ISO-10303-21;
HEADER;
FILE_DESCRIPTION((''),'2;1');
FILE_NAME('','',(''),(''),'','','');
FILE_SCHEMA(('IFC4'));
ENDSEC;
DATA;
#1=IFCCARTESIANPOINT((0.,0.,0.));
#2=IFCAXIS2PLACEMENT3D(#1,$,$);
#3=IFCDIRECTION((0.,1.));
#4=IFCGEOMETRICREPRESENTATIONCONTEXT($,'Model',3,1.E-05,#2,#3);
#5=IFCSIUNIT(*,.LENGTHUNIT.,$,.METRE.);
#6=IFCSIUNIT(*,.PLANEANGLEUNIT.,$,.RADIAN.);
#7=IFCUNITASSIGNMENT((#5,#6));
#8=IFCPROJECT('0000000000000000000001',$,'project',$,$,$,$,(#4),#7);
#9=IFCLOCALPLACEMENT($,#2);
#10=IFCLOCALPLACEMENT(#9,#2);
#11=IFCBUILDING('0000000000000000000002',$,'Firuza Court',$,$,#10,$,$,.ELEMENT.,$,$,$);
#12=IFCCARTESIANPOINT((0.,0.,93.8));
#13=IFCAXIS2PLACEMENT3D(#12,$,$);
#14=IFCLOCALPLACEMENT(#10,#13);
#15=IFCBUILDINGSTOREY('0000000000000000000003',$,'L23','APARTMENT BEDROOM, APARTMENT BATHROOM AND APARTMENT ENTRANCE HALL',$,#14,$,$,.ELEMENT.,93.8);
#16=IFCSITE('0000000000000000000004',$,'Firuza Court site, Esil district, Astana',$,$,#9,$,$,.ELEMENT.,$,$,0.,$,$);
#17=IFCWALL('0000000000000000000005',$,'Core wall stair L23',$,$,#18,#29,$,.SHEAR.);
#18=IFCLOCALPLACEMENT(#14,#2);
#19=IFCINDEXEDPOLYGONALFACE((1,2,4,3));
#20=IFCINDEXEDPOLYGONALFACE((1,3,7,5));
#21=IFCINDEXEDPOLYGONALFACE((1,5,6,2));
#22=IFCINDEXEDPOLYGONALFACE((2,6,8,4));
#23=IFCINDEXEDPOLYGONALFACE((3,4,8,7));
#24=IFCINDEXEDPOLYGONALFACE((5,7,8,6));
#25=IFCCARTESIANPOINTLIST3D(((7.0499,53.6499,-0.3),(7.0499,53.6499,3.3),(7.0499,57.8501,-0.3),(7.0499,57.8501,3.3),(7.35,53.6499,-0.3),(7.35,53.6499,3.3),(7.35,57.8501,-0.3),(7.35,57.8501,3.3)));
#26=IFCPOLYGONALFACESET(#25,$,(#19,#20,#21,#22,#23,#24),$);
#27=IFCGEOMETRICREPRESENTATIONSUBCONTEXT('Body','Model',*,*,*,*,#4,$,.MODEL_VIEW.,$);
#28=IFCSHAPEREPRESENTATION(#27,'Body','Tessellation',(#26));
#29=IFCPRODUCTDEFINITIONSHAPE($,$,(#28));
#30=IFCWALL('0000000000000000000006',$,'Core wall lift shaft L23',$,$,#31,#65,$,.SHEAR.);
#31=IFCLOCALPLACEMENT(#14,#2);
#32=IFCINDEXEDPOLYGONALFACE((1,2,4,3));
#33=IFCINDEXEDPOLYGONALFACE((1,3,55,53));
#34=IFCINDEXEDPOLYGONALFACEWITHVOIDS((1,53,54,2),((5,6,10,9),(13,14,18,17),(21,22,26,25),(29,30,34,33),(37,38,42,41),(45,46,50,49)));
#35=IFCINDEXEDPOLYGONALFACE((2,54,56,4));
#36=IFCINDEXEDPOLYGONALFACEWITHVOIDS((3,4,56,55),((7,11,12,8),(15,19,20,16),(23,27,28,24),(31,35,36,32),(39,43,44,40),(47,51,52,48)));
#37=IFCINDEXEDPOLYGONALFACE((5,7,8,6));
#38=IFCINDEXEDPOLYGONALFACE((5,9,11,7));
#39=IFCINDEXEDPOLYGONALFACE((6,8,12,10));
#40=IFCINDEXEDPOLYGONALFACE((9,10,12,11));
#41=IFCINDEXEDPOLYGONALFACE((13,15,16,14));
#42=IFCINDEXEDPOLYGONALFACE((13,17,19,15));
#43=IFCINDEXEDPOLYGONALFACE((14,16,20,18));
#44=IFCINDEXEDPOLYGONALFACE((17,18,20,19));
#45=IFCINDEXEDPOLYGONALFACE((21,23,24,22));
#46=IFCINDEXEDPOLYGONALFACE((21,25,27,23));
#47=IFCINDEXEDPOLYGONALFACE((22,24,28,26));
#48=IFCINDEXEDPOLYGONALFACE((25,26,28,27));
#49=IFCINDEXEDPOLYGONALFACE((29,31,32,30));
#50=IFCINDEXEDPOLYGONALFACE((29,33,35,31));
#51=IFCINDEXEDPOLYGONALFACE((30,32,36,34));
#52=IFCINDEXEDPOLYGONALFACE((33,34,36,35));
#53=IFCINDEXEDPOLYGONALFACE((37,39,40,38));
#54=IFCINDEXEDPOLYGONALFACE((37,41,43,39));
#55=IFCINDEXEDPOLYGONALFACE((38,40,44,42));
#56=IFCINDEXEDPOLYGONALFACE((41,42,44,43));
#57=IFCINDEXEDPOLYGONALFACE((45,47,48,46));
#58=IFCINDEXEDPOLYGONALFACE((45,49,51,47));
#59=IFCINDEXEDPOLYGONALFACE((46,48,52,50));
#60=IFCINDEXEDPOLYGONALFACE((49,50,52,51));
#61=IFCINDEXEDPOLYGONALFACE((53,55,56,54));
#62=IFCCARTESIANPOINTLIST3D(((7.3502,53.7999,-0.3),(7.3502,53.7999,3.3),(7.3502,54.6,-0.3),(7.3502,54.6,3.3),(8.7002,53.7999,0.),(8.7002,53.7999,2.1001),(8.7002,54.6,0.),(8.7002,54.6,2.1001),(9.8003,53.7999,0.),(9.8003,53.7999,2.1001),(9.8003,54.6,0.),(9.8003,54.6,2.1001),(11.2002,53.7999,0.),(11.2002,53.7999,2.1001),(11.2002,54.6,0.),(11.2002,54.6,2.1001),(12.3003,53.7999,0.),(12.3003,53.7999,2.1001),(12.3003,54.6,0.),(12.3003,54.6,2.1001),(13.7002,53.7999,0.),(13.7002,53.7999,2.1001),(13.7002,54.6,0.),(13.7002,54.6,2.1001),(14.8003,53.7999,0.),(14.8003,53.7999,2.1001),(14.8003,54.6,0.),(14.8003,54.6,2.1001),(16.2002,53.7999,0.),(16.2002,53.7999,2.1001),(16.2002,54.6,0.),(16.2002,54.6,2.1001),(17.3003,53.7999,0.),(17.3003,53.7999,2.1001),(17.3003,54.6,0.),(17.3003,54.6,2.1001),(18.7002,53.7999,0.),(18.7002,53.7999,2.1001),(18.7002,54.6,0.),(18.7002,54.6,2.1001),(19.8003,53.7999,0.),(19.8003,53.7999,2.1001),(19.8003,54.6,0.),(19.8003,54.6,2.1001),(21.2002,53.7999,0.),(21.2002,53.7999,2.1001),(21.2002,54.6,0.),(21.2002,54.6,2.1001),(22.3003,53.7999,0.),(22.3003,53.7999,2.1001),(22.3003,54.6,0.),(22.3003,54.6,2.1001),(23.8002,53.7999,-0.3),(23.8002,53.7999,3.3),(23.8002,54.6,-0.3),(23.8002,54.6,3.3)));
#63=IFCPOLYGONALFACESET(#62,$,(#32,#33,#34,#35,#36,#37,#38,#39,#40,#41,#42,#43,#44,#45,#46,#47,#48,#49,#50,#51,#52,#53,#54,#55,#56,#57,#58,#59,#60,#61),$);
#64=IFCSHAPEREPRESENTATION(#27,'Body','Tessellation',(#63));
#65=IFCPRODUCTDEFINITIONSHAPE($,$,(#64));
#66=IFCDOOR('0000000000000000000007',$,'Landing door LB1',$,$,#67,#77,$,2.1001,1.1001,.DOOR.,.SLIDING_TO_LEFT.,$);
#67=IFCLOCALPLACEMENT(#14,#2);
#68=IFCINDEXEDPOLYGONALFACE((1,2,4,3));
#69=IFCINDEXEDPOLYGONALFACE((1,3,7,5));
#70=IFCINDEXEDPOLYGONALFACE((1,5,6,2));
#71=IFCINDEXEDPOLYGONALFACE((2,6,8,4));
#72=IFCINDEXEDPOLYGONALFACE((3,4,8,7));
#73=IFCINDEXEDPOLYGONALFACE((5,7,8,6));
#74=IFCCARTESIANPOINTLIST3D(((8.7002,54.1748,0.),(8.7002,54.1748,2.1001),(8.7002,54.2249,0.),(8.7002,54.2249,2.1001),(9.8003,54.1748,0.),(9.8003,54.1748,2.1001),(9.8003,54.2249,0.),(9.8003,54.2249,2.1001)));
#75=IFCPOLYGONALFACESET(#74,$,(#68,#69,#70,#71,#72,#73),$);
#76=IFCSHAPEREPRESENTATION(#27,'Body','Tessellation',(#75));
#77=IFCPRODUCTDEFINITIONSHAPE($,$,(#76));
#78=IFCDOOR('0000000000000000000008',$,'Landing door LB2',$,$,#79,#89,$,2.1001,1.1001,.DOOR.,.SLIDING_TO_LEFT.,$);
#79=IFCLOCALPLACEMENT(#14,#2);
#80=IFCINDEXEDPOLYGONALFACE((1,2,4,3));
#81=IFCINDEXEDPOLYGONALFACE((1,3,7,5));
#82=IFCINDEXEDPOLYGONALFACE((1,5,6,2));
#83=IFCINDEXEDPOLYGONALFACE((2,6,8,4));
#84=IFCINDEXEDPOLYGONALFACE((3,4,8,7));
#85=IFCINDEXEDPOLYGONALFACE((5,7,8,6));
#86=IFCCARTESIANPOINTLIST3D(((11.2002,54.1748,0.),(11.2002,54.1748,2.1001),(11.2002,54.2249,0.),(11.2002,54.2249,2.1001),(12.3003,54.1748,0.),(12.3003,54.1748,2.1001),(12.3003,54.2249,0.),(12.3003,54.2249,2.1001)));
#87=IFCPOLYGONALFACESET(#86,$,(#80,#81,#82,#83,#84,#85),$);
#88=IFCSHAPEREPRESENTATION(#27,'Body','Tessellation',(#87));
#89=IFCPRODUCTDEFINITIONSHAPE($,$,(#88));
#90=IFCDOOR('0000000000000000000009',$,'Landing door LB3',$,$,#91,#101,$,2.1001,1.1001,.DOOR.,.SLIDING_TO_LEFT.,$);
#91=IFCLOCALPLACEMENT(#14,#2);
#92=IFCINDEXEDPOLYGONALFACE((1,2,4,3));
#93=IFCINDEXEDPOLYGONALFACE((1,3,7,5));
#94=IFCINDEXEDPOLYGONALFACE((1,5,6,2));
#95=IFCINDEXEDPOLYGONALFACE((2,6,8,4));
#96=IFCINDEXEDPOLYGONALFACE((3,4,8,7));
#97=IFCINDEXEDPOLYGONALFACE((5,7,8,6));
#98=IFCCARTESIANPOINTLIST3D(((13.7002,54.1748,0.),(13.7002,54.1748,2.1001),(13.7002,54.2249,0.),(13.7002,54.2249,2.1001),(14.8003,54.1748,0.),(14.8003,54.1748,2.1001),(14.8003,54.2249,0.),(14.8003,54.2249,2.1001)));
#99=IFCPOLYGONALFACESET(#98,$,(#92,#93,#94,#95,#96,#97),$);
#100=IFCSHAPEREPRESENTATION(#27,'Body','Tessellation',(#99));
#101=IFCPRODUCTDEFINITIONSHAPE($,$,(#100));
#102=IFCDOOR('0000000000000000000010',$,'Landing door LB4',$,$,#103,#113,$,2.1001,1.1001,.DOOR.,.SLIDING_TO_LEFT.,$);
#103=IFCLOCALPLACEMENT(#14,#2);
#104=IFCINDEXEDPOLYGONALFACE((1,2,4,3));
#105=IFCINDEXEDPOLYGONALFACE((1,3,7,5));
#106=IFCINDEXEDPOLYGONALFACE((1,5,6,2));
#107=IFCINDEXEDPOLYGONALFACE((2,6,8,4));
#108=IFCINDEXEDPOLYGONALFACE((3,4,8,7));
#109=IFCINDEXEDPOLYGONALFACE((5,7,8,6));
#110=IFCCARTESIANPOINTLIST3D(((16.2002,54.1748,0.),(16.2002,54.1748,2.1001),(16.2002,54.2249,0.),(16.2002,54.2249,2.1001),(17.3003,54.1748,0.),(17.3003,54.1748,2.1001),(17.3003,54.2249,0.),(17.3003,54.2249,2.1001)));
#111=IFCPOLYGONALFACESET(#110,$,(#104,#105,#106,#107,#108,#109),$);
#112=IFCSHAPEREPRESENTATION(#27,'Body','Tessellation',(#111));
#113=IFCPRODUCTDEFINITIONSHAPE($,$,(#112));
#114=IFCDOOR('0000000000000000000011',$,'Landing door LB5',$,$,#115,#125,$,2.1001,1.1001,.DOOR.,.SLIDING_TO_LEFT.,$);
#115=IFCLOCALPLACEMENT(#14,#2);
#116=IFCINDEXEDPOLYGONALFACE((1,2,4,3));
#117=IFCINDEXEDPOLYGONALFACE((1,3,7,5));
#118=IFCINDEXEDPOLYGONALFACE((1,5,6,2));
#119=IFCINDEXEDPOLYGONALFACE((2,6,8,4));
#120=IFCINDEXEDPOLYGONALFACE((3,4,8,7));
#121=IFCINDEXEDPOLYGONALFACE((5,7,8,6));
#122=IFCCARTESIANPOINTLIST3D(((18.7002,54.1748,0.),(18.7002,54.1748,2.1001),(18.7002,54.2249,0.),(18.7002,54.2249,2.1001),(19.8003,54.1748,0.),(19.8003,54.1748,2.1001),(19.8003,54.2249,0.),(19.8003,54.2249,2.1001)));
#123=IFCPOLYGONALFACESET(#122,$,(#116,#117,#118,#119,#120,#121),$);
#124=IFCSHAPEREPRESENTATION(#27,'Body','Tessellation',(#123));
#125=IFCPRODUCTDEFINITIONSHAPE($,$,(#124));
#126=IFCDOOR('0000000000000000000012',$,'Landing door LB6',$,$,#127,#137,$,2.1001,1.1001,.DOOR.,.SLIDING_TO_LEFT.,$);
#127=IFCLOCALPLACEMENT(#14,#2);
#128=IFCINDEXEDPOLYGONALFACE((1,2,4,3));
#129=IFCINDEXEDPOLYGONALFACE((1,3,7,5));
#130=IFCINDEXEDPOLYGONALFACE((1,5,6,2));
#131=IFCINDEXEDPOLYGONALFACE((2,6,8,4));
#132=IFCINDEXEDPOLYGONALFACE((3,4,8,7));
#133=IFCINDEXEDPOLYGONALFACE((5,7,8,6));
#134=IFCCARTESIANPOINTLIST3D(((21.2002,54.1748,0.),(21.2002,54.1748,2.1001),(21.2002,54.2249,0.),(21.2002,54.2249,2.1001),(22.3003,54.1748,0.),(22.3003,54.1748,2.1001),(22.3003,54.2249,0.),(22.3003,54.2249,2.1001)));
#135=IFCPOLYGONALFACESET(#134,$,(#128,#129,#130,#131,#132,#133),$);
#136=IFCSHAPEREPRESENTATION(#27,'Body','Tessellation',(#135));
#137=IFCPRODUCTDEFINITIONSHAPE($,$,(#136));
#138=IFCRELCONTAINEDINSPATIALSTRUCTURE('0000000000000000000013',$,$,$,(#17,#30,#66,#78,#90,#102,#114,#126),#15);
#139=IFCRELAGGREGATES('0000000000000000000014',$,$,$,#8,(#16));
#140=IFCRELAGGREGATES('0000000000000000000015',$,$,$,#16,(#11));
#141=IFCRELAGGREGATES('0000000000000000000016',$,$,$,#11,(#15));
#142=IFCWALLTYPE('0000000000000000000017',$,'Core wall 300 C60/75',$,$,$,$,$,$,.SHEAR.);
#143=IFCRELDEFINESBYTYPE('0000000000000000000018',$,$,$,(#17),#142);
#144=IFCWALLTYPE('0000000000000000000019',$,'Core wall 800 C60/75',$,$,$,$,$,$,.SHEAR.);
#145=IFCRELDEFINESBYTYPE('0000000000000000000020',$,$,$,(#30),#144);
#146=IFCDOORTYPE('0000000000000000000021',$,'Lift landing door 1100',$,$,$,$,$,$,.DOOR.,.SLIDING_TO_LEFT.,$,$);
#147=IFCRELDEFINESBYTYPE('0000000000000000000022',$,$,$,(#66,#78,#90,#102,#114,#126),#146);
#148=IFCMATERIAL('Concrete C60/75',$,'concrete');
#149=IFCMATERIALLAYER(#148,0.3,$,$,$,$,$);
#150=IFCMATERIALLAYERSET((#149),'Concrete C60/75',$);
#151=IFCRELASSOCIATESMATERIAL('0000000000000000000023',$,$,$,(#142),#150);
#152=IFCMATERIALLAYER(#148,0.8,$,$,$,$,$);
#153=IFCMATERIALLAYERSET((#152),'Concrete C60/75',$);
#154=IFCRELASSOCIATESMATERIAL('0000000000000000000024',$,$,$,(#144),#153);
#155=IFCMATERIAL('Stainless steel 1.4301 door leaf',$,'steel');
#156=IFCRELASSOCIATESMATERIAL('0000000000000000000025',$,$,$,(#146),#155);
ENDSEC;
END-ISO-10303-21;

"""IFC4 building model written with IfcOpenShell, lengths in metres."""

from ifc_helpers import new_model, si_unit, direction, frame, frame_2d, origin, place, context, subcontext, project, spatial, rectangle, extrude, material, layer, layer_set, type_object, element, fill, save


model = new_model("IFC4")

# Units and contexts
model_context = context("Model", 3, precision=1e-05, world=origin(), true_north=direction((0.0, 1.0)))
body_context = subcontext(model_context, "Body", "Model", "MODEL_VIEW")
ifc_project = project(units=[si_unit("LENGTHUNIT", "METRE"), si_unit("PLANEANGLEUNIT", "RADIAN")], contexts=[model_context])

# Site, building, storey
site_placement = place(None, origin())
site = spatial("IfcSite", under=ifc_project, at=site_placement, Name="Firuza Court site, Esil district, Astana", CompositionType="ELEMENT", RefElevation=0.0)
building_placement = place(site_placement, origin())
building = spatial("IfcBuilding", under=site, at=building_placement, Name="Firuza Court", CompositionType="ELEMENT")
storey_placement = place(building_placement, frame((0.0, 0.0, 93.8)))
storey = spatial("IfcBuildingStorey", under=building, at=storey_placement, Name="L23", Description="APARTMENT BEDROOM, APARTMENT BATHROOM AND APARTMENT ENTRANCE HALL", CompositionType="ELEMENT", Elevation=93.8)

# Wall
ifc_material_1 = material(Name="Concrete C60/75", Category="concrete")
ifc_layer_1 = layer(ifc_material_1, 0.3)
ifc_layer_set_1 = layer_set([ifc_layer_1], Name="Concrete C60/75")
wall_type_1 = type_object("IfcWallType", Name="Core wall 300 C60/75", PredefinedType="SHEAR", material=ifc_layer_set_1)
wall_1_placement = place(storey_placement, frame((7.2, 53.6499, -0.3), z_axis=(0.0, 0.0, 1.0), x_axis=(0.0, 1.0, 0.0)))
element("IfcWall", 1, at=wall_1_placement, inside=storey, type_object=wall_type_1, Name="Core wall stair L23", PredefinedType="SHEAR", context=body_context, shape_type="SweptSolid", body=[
    extrude(rectangle(XDim=4.2002, YDim=0.3, at=frame_2d((2.1001, 0.0))), origin(), (0.0, 0.0, 1.0), 3.6001),
])

# Wall, openings, doors
ifc_layer_2 = layer(ifc_material_1, 0.8)
ifc_layer_set_2 = layer_set([ifc_layer_2], Name="Concrete C60/75")
wall_type_2 = type_object("IfcWallType", Name="Core wall 800 C60/75", PredefinedType="SHEAR", material=ifc_layer_set_2)
wall_2_placement = place(storey_placement, frame((7.3501, 54.2, -0.3), z_axis=(0.0, 0.0, 1.0), x_axis=(1.0, 0.0, 0.0)))
wall_2 = element("IfcWall", 2, at=wall_2_placement, inside=storey, type_object=wall_type_2, Name="Core wall lift shaft L23", PredefinedType="SHEAR", context=body_context, shape_type="SweptSolid", body=[
    extrude(rectangle(XDim=16.45, YDim=0.8, at=frame_2d((8.2251, 0.0))), origin(), (0.0, 0.0, 1.0), 3.6001),
])
opening_1_placement = place(wall_2_placement, frame((1.3501, 0.0, 0.3)))
opening_1 = element("IfcOpeningElement", 3, at=opening_1_placement, cuts=wall_2, PredefinedType="OPENING", context=body_context, shape_type="SweptSolid", body=[
    extrude(rectangle(XDim=1.1001, YDim=2.1001, at=frame_2d((0.55, 1.05))), frame((0.0, 0.4121, 0.0), z_axis=(0.0, -1.0, 0.0), x_axis=(1.0, 0.0, 0.0)), (0.0, 0.0, 1.0), 0.824),
])
opening_2_placement = place(wall_2_placement, frame((3.8501, 0.0, 0.3)))
opening_2 = element("IfcOpeningElement", 4, at=opening_2_placement, cuts=wall_2, PredefinedType="OPENING", context=body_context, shape_type="SweptSolid", body=[
    extrude(rectangle(XDim=1.1001, YDim=2.1001, at=frame_2d((0.55, 1.05))), frame((0.0, 0.4121, 0.0), z_axis=(0.0, -1.0, 0.0), x_axis=(1.0, 0.0, 0.0)), (0.0, 0.0, 1.0), 0.824),
])
opening_3_placement = place(wall_2_placement, frame((6.3501, 0.0, 0.3)))
opening_3 = element("IfcOpeningElement", 5, at=opening_3_placement, cuts=wall_2, PredefinedType="OPENING", context=body_context, shape_type="SweptSolid", body=[
    extrude(rectangle(XDim=1.1001, YDim=2.1001, at=frame_2d((0.55, 1.05))), frame((0.0, 0.4121, 0.0), z_axis=(0.0, -1.0, 0.0), x_axis=(1.0, 0.0, 0.0)), (0.0, 0.0, 1.0), 0.824),
])
opening_4_placement = place(wall_2_placement, frame((8.8501, 0.0, 0.3)))
opening_4 = element("IfcOpeningElement", 6, at=opening_4_placement, cuts=wall_2, PredefinedType="OPENING", context=body_context, shape_type="SweptSolid", body=[
    extrude(rectangle(XDim=1.1001, YDim=2.1001, at=frame_2d((0.55, 1.05))), frame((0.0, 0.4121, 0.0), z_axis=(0.0, -1.0, 0.0), x_axis=(1.0, 0.0, 0.0)), (0.0, 0.0, 1.0), 0.824),
])
opening_5_placement = place(wall_2_placement, frame((11.3501, 0.0, 0.3)))
opening_5 = element("IfcOpeningElement", 7, at=opening_5_placement, cuts=wall_2, PredefinedType="OPENING", context=body_context, shape_type="SweptSolid", body=[
    extrude(rectangle(XDim=1.1001, YDim=2.1001, at=frame_2d((0.55, 1.05))), frame((0.0, 0.4121, 0.0), z_axis=(0.0, -1.0, 0.0), x_axis=(1.0, 0.0, 0.0)), (0.0, 0.0, 1.0), 0.824),
])
opening_6_placement = place(wall_2_placement, frame((13.8501, 0.0, 0.3)))
opening_6 = element("IfcOpeningElement", 8, at=opening_6_placement, cuts=wall_2, PredefinedType="OPENING", context=body_context, shape_type="SweptSolid", body=[
    extrude(rectangle(XDim=1.1001, YDim=2.1001, at=frame_2d((0.55, 1.05))), frame((0.0, 0.4121, 0.0), z_axis=(0.0, -1.0, 0.0), x_axis=(1.0, 0.0, 0.0)), (0.0, 0.0, 1.0), 0.824),
])
ifc_material_2 = material(Name="Stainless steel 1.4301 door leaf", Category="steel")
door_type_1 = type_object("IfcDoorType", Name="Lift landing door 1100", OperationType="SLIDING_TO_LEFT", PredefinedType="DOOR", material=ifc_material_2)
door_1_placement = place(opening_1_placement, origin())
door_1 = element("IfcDoor", 9, at=door_1_placement, inside=storey, type_object=door_type_1, Name="Landing door LB1", OperationType="SLIDING_TO_LEFT", OverallHeight=2.1001, OverallWidth=1.1001, PredefinedType="DOOR", context=body_context, shape_type="SweptSolid", body=[
    extrude(rectangle(XDim=1.1001, YDim=2.1001, at=frame_2d((0.55, 1.05))), frame((0.0, 0.0249, 0.0), z_axis=(0.0, -1.0, 0.0), x_axis=(1.0, 0.0, 0.0)), (0.0, 0.0, 1.0), 0.05),
])
fill(opening_1, door_1)
door_2_placement = place(opening_2_placement, origin())
door_2 = element("IfcDoor", 10, at=door_2_placement, inside=storey, type_object=door_type_1, Name="Landing door LB2", OperationType="SLIDING_TO_LEFT", OverallHeight=2.1001, OverallWidth=1.1001, PredefinedType="DOOR", context=body_context, shape_type="SweptSolid", body=[
    extrude(rectangle(XDim=1.1001, YDim=2.1001, at=frame_2d((0.55, 1.05))), frame((0.0, 0.0249, 0.0), z_axis=(0.0, -1.0, 0.0), x_axis=(1.0, 0.0, 0.0)), (0.0, 0.0, 1.0), 0.05),
])
fill(opening_2, door_2)
door_3_placement = place(opening_3_placement, origin())
door_3 = element("IfcDoor", 11, at=door_3_placement, inside=storey, type_object=door_type_1, Name="Landing door LB3", OperationType="SLIDING_TO_LEFT", OverallHeight=2.1001, OverallWidth=1.1001, PredefinedType="DOOR", context=body_context, shape_type="SweptSolid", body=[
    extrude(rectangle(XDim=1.1001, YDim=2.1001, at=frame_2d((0.55, 1.05))), frame((0.0, 0.0249, 0.0), z_axis=(0.0, -1.0, 0.0), x_axis=(1.0, 0.0, 0.0)), (0.0, 0.0, 1.0), 0.05),
])
fill(opening_3, door_3)
door_4_placement = place(opening_4_placement, origin())
door_4 = element("IfcDoor", 12, at=door_4_placement, inside=storey, type_object=door_type_1, Name="Landing door LB4", OperationType="SLIDING_TO_LEFT", OverallHeight=2.1001, OverallWidth=1.1001, PredefinedType="DOOR", context=body_context, shape_type="SweptSolid", body=[
    extrude(rectangle(XDim=1.1001, YDim=2.1001, at=frame_2d((0.55, 1.05))), frame((0.0, 0.0249, 0.0), z_axis=(0.0, -1.0, 0.0), x_axis=(1.0, 0.0, 0.0)), (0.0, 0.0, 1.0), 0.05),
])
fill(opening_4, door_4)
door_5_placement = place(opening_5_placement, origin())
door_5 = element("IfcDoor", 13, at=door_5_placement, inside=storey, type_object=door_type_1, Name="Landing door LB5", OperationType="SLIDING_TO_LEFT", OverallHeight=2.1001, OverallWidth=1.1001, PredefinedType="DOOR", context=body_context, shape_type="SweptSolid", body=[
    extrude(rectangle(XDim=1.1001, YDim=2.1001, at=frame_2d((0.55, 1.05))), frame((0.0, 0.0249, 0.0), z_axis=(0.0, -1.0, 0.0), x_axis=(1.0, 0.0, 0.0)), (0.0, 0.0, 1.0), 0.05),
])
fill(opening_5, door_5)
door_6_placement = place(opening_6_placement, origin())
door_6 = element("IfcDoor", 14, at=door_6_placement, inside=storey, type_object=door_type_1, Name="Landing door LB6", OperationType="SLIDING_TO_LEFT", OverallHeight=2.1001, OverallWidth=1.1001, PredefinedType="DOOR", context=body_context, shape_type="SweptSolid", body=[
    extrude(rectangle(XDim=1.1001, YDim=2.1001, at=frame_2d((0.55, 1.05))), frame((0.0, 0.0249, 0.0), z_axis=(0.0, -1.0, 0.0), x_axis=(1.0, 0.0, 0.0)), (0.0, 0.0, 1.0), 0.05),
])
fill(opening_6, door_6)

save(model, "model.ifc")
